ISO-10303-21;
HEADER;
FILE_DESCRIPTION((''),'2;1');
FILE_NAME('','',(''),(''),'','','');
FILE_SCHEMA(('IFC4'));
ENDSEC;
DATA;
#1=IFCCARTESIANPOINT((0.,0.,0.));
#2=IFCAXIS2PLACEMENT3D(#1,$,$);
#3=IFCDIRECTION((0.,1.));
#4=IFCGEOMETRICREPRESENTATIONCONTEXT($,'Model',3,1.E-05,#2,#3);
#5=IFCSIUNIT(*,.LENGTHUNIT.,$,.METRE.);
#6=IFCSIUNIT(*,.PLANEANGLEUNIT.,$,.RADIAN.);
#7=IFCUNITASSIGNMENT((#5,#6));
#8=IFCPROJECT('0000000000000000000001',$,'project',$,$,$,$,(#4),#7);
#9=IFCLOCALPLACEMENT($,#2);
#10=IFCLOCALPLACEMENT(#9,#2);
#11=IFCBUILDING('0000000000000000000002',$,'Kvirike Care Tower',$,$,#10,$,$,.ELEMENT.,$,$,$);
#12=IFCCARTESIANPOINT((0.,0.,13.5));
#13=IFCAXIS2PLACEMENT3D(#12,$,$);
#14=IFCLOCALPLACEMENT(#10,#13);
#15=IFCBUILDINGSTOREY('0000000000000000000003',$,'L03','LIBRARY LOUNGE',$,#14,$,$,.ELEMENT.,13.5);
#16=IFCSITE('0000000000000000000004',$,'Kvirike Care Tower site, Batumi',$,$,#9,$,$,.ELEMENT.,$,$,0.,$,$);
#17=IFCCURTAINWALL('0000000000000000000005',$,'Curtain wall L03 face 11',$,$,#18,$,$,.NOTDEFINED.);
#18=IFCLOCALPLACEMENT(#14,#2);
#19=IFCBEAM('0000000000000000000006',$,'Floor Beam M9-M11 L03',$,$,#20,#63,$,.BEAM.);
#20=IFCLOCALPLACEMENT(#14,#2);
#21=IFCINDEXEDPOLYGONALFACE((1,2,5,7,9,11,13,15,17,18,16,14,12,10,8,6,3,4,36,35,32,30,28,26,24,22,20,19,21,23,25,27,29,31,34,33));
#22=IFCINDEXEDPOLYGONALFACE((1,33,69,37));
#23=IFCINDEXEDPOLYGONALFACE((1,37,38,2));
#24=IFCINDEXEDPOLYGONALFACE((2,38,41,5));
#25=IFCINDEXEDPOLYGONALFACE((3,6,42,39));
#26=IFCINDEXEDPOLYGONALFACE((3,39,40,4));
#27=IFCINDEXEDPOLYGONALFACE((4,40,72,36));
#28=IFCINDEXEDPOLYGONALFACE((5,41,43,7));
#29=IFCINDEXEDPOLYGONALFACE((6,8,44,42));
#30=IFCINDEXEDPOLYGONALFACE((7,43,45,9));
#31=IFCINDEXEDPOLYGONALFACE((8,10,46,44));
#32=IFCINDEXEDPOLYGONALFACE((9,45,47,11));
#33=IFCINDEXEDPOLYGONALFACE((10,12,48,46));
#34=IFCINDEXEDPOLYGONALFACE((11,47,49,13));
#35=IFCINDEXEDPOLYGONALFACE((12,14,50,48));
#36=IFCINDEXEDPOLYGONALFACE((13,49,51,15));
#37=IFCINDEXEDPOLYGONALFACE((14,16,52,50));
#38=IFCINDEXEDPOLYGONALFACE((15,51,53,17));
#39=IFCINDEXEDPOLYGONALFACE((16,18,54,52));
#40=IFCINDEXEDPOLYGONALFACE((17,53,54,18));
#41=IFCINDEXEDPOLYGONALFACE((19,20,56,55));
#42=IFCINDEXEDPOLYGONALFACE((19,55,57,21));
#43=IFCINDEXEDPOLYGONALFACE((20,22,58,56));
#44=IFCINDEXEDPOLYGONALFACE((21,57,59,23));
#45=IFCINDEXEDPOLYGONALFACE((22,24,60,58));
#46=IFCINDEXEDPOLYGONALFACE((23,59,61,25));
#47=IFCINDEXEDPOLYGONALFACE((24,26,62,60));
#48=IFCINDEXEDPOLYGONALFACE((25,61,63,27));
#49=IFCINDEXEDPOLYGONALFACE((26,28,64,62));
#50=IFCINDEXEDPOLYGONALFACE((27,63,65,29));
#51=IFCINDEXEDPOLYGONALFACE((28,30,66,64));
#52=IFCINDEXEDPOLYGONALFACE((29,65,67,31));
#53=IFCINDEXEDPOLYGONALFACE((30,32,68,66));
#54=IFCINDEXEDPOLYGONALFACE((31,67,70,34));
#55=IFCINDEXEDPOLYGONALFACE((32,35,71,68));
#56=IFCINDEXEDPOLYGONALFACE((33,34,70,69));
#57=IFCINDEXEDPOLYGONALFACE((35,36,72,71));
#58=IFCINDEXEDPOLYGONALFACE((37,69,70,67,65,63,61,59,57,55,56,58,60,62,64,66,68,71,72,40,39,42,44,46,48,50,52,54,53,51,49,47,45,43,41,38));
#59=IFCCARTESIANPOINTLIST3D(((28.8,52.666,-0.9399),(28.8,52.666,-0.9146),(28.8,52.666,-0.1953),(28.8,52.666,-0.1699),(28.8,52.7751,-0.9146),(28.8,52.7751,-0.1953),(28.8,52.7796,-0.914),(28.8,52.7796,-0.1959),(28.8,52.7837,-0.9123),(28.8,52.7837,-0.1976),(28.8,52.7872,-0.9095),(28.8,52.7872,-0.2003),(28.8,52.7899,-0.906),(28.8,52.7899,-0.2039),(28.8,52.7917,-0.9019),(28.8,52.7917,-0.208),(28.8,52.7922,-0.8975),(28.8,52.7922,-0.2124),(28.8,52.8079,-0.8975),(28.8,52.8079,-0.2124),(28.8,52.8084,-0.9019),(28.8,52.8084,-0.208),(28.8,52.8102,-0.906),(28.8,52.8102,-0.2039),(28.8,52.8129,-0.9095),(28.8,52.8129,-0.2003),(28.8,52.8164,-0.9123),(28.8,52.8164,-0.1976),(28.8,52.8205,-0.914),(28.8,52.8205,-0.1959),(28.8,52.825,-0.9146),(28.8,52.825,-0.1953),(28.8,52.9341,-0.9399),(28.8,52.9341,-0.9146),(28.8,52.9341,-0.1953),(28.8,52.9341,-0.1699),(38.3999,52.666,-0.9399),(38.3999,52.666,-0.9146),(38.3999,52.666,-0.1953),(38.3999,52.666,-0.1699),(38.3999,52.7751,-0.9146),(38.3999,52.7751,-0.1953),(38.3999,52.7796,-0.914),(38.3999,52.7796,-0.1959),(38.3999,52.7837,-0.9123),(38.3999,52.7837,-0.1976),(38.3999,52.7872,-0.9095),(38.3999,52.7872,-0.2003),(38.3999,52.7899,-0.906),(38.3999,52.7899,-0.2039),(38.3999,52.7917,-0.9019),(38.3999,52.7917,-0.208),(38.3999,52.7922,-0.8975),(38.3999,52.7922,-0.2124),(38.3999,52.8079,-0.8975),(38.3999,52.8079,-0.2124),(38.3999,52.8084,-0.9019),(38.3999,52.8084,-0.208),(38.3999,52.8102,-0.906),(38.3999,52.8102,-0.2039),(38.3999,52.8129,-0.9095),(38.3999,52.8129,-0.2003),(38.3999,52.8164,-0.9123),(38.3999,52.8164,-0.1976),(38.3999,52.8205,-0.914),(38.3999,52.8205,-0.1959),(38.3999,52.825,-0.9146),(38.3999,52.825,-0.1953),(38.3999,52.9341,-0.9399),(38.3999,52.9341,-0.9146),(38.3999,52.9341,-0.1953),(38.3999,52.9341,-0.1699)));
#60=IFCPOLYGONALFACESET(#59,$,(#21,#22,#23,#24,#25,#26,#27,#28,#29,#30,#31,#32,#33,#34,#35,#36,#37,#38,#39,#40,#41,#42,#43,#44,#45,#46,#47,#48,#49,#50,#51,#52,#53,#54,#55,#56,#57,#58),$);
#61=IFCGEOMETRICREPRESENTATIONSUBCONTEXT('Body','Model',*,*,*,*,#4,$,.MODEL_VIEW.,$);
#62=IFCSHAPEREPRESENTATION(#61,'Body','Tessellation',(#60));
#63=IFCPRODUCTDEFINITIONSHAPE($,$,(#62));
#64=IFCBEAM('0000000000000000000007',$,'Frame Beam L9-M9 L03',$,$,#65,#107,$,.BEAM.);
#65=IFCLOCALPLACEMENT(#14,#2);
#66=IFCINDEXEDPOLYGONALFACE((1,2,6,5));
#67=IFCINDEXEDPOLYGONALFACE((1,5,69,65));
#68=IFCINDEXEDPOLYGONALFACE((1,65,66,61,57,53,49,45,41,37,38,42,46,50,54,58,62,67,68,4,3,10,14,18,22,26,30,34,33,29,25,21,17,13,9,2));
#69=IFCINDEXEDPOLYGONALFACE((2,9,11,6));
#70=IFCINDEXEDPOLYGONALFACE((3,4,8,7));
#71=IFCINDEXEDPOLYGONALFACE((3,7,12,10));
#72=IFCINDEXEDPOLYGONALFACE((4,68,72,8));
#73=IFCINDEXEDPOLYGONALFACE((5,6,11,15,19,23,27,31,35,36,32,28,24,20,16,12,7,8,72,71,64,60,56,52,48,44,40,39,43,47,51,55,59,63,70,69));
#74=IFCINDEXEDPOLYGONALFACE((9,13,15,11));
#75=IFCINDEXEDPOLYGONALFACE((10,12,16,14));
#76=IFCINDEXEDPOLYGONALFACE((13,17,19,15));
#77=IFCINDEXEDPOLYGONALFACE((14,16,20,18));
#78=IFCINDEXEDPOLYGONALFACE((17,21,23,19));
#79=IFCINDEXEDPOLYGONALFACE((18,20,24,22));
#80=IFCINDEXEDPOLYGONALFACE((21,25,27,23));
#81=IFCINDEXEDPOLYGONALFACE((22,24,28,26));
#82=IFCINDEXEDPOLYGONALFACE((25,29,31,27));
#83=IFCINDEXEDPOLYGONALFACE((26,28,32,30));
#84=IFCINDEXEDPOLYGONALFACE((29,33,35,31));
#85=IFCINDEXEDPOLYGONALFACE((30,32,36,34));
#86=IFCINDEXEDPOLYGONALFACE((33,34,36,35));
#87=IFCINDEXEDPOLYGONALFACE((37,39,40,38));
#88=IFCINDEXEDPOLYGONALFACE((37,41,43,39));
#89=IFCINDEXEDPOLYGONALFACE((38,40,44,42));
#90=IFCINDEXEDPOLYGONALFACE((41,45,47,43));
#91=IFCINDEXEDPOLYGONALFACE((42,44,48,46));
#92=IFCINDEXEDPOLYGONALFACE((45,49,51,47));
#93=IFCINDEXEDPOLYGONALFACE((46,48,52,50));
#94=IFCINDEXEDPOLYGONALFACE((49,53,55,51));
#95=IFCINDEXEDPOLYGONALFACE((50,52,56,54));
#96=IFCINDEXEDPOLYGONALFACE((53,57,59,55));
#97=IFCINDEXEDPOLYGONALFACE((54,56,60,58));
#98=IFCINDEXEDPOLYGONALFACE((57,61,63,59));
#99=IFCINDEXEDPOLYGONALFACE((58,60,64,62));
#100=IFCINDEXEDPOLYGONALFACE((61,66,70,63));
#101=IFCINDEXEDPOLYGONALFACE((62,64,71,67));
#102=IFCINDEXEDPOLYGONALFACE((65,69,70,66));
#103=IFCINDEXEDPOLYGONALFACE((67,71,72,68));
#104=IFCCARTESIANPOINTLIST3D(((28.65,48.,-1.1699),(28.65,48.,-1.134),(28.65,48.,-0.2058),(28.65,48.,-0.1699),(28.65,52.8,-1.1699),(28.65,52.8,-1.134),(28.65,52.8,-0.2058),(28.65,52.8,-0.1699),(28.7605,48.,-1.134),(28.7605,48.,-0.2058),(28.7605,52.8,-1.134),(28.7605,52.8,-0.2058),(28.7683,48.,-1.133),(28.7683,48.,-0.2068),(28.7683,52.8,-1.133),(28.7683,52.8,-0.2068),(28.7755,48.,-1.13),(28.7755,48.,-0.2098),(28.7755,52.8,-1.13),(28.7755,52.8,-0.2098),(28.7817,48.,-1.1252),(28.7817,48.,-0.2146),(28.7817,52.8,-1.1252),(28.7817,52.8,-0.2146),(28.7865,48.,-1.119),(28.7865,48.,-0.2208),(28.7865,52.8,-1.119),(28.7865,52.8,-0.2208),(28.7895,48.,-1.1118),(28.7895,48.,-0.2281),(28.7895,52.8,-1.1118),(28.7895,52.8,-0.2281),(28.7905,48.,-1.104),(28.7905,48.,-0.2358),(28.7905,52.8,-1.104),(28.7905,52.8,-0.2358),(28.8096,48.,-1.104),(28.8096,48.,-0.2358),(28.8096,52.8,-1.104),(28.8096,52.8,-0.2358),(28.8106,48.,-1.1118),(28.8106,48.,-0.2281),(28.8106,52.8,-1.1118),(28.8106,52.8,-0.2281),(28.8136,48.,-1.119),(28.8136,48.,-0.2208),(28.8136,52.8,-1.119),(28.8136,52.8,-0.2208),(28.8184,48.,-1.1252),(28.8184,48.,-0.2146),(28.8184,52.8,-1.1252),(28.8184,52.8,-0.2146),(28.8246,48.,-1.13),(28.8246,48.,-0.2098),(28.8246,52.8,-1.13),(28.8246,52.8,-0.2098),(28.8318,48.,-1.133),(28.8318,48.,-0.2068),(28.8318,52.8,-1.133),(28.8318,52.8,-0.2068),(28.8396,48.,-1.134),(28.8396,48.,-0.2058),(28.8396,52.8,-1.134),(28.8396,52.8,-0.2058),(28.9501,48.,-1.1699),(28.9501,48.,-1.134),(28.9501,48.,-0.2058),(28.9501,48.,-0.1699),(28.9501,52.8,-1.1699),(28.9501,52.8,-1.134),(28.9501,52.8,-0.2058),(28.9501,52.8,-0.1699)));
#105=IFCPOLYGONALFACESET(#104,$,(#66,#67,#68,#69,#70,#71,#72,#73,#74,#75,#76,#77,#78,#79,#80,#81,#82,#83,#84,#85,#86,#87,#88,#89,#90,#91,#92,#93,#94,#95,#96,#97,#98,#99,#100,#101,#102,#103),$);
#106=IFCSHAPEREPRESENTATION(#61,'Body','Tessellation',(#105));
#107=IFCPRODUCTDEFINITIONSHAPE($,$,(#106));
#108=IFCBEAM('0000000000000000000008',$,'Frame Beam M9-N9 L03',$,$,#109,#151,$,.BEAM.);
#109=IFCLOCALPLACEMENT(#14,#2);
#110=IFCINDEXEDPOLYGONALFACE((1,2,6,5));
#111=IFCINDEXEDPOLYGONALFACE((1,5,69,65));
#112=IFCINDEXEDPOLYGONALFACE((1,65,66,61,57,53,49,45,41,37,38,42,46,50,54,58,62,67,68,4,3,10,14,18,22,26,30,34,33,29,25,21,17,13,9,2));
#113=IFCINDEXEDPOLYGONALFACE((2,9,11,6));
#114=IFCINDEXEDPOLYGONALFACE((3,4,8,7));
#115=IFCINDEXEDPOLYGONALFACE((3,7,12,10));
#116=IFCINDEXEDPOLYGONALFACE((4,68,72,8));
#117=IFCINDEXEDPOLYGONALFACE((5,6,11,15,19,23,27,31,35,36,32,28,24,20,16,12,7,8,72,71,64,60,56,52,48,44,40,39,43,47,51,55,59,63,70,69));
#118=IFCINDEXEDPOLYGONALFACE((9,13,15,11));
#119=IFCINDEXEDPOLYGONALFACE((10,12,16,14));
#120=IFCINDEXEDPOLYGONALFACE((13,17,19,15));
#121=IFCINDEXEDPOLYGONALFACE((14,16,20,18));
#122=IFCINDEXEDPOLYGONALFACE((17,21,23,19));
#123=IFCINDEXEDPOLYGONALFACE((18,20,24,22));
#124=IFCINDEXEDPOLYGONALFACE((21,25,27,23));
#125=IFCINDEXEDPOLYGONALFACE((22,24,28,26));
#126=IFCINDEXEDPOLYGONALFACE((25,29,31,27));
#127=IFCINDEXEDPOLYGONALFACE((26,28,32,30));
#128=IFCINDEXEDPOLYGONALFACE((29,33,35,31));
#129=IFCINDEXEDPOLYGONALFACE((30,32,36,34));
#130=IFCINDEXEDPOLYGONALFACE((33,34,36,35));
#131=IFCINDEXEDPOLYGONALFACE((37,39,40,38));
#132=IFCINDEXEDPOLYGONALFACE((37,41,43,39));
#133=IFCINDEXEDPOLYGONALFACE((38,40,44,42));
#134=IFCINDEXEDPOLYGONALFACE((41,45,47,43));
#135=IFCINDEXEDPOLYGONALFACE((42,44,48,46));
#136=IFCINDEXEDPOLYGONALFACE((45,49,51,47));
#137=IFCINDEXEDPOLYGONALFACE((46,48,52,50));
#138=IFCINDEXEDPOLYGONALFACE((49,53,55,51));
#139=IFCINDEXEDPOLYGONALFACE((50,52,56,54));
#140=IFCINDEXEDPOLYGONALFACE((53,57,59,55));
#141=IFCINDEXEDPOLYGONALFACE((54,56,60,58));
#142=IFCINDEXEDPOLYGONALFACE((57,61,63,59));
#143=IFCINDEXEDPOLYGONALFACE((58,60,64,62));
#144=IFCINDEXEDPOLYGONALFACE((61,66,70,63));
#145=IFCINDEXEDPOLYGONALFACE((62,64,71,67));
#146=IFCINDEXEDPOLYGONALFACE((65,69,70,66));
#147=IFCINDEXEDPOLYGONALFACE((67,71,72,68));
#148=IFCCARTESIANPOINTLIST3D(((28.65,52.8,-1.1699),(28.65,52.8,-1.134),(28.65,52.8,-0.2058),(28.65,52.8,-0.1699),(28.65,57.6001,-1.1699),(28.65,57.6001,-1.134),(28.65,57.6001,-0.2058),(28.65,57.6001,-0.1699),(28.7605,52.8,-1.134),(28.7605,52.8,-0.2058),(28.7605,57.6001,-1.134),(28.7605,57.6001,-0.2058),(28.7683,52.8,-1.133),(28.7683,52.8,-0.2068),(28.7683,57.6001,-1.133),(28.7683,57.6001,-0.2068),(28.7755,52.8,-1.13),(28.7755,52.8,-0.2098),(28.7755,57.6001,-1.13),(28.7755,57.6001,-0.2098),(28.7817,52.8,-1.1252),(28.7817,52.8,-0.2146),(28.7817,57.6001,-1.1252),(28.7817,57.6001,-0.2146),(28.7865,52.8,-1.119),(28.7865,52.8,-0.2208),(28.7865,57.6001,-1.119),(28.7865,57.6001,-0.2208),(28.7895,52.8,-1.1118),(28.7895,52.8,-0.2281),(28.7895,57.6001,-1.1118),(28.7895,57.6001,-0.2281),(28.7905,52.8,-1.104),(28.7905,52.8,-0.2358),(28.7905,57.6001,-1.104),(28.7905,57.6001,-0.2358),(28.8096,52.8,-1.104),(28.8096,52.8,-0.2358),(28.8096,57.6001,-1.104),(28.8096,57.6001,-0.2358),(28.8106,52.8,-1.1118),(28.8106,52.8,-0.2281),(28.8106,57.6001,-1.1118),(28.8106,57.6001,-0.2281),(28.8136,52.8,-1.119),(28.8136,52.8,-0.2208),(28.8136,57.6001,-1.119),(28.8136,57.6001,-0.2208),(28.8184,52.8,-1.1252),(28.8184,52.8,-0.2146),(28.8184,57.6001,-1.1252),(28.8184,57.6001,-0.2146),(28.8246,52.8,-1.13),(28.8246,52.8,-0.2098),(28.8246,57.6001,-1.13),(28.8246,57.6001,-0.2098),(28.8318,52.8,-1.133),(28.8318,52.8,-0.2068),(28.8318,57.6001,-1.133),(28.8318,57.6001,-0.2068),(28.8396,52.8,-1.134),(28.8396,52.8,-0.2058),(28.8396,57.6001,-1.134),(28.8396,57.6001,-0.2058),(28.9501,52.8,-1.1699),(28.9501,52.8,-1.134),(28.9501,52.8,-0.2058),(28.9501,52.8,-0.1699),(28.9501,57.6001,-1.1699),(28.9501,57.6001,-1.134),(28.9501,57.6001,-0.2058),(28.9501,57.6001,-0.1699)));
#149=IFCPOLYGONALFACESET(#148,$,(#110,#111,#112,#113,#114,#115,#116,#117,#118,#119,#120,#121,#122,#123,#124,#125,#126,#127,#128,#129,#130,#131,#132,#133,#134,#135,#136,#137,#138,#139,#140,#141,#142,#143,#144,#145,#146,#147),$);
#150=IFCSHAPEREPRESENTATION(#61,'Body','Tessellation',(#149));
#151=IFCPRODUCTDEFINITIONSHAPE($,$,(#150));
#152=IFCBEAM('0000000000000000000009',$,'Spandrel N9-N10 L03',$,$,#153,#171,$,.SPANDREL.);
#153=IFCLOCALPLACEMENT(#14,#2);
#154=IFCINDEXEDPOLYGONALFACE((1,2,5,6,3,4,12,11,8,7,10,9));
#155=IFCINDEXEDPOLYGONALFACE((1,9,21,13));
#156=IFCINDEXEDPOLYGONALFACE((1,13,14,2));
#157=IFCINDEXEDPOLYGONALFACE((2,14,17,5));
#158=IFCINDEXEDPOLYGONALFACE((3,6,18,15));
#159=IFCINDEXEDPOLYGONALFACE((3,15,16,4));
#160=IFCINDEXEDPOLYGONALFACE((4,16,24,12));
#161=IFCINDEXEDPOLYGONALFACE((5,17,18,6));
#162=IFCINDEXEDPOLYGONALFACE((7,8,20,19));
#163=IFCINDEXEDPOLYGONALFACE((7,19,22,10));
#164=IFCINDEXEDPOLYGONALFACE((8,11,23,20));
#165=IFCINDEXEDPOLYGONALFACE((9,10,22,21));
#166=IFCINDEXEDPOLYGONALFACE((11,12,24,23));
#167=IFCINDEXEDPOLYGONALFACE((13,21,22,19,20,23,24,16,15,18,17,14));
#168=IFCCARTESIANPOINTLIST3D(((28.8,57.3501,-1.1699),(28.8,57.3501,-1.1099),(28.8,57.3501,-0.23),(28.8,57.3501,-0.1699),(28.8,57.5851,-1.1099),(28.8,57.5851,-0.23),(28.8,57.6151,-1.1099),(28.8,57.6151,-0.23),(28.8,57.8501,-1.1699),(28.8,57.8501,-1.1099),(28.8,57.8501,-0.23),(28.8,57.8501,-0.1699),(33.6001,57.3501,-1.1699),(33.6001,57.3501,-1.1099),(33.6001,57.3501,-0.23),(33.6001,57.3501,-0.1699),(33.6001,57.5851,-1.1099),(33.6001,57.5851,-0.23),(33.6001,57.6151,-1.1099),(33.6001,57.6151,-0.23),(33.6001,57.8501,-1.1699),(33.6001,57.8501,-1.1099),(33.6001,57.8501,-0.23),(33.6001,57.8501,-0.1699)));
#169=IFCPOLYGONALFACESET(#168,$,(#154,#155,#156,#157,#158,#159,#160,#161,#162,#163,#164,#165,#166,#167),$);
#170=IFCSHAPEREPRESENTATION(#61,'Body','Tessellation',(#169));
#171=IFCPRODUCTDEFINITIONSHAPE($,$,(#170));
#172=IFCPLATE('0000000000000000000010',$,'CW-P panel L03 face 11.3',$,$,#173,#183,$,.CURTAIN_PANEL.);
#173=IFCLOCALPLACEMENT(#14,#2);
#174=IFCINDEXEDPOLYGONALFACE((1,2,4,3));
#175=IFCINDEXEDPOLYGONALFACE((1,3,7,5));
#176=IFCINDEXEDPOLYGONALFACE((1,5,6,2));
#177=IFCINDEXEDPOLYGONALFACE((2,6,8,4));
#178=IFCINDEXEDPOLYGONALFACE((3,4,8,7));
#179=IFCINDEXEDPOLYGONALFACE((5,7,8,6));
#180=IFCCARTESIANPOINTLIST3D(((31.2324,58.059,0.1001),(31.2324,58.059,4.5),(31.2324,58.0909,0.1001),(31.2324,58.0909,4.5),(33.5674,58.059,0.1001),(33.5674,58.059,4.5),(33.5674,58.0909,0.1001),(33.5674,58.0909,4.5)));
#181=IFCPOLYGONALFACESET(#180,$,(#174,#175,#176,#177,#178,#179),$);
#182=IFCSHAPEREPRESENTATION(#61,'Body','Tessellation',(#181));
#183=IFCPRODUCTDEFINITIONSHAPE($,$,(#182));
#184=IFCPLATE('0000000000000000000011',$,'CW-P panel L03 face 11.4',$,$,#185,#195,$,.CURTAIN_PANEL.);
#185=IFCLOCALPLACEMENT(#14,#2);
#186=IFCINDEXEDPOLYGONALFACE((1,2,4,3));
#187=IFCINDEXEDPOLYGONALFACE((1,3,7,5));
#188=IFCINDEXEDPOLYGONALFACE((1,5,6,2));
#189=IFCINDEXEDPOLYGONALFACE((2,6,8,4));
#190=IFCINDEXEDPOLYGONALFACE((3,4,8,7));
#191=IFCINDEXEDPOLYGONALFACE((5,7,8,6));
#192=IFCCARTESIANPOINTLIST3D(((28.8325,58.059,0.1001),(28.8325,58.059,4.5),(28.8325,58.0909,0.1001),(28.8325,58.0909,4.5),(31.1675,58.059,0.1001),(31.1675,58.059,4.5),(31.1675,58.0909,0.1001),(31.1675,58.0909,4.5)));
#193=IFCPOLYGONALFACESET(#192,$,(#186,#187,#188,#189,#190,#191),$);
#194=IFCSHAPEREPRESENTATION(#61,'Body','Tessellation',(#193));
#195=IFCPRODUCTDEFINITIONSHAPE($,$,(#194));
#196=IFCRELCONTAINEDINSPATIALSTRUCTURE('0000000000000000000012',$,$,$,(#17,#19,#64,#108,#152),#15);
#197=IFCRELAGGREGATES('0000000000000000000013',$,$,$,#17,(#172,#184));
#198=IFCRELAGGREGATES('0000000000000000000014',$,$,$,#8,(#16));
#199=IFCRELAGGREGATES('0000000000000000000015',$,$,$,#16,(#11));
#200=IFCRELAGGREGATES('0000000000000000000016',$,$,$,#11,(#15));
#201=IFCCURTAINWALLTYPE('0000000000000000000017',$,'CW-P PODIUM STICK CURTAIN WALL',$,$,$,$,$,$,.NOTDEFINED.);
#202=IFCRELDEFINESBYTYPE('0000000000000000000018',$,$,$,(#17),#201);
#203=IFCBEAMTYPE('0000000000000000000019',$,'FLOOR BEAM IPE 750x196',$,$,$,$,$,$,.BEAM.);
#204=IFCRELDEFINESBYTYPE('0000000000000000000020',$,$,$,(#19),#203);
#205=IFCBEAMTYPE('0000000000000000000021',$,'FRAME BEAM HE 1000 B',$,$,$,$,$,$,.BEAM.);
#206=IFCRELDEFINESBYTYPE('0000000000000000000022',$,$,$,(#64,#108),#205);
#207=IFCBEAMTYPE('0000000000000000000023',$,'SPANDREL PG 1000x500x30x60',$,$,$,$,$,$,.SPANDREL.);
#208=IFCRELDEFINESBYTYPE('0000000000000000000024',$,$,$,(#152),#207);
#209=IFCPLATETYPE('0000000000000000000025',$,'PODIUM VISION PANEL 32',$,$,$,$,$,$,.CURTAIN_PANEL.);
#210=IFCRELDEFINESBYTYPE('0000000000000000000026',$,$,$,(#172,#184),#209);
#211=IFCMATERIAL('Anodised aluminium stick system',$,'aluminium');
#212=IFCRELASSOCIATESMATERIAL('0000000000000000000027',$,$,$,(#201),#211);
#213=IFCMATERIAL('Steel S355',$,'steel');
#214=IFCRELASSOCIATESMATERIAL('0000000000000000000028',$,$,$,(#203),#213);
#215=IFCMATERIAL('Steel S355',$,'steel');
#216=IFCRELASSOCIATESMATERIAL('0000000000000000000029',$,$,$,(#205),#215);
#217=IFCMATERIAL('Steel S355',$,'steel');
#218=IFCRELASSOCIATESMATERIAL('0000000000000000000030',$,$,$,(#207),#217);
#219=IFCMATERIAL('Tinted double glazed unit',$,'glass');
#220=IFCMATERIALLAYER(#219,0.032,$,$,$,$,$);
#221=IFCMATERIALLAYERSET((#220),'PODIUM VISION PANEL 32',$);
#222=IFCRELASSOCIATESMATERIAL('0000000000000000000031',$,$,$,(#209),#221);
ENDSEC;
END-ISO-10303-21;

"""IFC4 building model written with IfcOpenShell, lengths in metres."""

from ifc_helpers import new_model, si_unit, direction, frame, origin, origin_2d, place, context, subcontext, project, spatial, rectangle, i_section, extrude, material, layer, layer_set, material_profile, profile_set, type_object, element, aggregate, save


model = new_model("IFC4")

# Units and contexts
model_context = context("Model", 3, precision=1e-05, world=origin(), true_north=direction((0.0, 1.0)))
body_context = subcontext(model_context, "Body", "Model", "MODEL_VIEW")
ifc_project = project(units=[si_unit("LENGTHUNIT", "METRE"), si_unit("PLANEANGLEUNIT", "RADIAN")], contexts=[model_context])

# Site, building, storey
site_placement = place(None, origin())
site = spatial("IfcSite", under=ifc_project, at=site_placement, Name="Kvirike Care Tower site, Batumi", CompositionType="ELEMENT", RefElevation=0.0)
building_placement = place(site_placement, origin())
building = spatial("IfcBuilding", under=site, at=building_placement, Name="Kvirike Care Tower", CompositionType="ELEMENT")
storey_placement = place(building_placement, frame((0.0, 0.0, 13.5)))
storey = spatial("IfcBuildingStorey", under=building, at=storey_placement, Name="L03", Description="LIBRARY LOUNGE", CompositionType="ELEMENT", Elevation=13.5)

# Curtain wall
ifc_material_1 = material(Name="Anodised aluminium stick system", Category="aluminium")
curtain_wall_type = type_object("IfcCurtainWallType", Name="CW-P PODIUM STICK CURTAIN WALL", PredefinedType="NOTDEFINED", material=ifc_material_1)
curtain_wall_placement = place(storey_placement, origin())
curtain_wall = element("IfcCurtainWall", 1, at=curtain_wall_placement, inside=storey, type_object=curtain_wall_type, Name="Curtain wall L03 face 11", PredefinedType="NOTDEFINED")

# Beams
ifc_material_2 = material(Name="Steel S355", Category="steel")
ifc_material_profile_1 = material_profile(ifc_material_2, i_section(OverallWidth=0.2681, OverallDepth=0.77, WebThickness=0.0156, FlangeThickness=0.0254, FilletRadius=0.0171, at=origin_2d()), Name="IPE 750x196")
ifc_profile_set_1 = profile_set([ifc_material_profile_1], Name="Steel S355")
beam_type_1 = type_object("IfcBeamType", Name="FLOOR BEAM IPE 750x196", PredefinedType="BEAM", material=ifc_profile_set_1)
beam_1_placement = place(storey_placement, frame((28.8, 52.8, -0.5549), z_axis=(1.0, 0.0, 0.0), x_axis=(0.0, 1.0, 0.0)))
element("IfcBeam", 2, at=beam_1_placement, inside=storey, type_object=beam_type_1, Name="Floor Beam M9-M11 L03", PredefinedType="BEAM", context=body_context, shape_type="SweptSolid", body=[
    extrude(i_section(OverallWidth=0.2681, OverallDepth=0.77, WebThickness=0.0156, FlangeThickness=0.0254, FilletRadius=0.0171, at=origin_2d()), origin(), (0.0, 0.0, 1.0), 9.5999),
])
ifc_material_3 = material(Name="Steel S355", Category="steel")
ifc_material_profile_2 = material_profile(ifc_material_3, i_section(OverallWidth=0.3, OverallDepth=1.0, WebThickness=0.019, FlangeThickness=0.0359, FilletRadius=0.03, at=origin_2d()), Name="HE 1000 B")
ifc_profile_set_2 = profile_set([ifc_material_profile_2], Name="Steel S355")
beam_type_2 = type_object("IfcBeamType", Name="FRAME BEAM HE 1000 B", PredefinedType="BEAM", material=ifc_profile_set_2)
for number, where, z_axis, x_axis, name in (
    (3, (28.8, 48.0, -0.6699), (0.0, 1.0, 0.0), (-1.0, 0.0, 0.0), "Frame Beam L9-M9 L03"),
    (4, (28.8, 52.8, -0.6699), (0.0, 1.0, 0.0), (-1.0, 0.0, 0.0), "Frame Beam M9-N9 L03"),
):
    element("IfcBeam", number, at=place(storey_placement, frame(where, z_axis=z_axis, x_axis=x_axis)), inside=storey, type_object=beam_type_2, Name=name, PredefinedType="BEAM", context=body_context, shape_type="SweptSolid", body=[
        extrude(i_section(OverallWidth=0.3, OverallDepth=1.0, WebThickness=0.019, FlangeThickness=0.0359, FilletRadius=0.03, at=origin_2d()), origin(), (0.0, 0.0, 1.0), 4.8),
    ])
ifc_material_4 = material(Name="Steel S355", Category="steel")
ifc_material_profile_3 = material_profile(ifc_material_4, i_section(OverallWidth=0.5, OverallDepth=1.0, WebThickness=0.03, FlangeThickness=0.0601, at=origin_2d()), Name="PG 1000x500x30x60")
ifc_profile_set_3 = profile_set([ifc_material_profile_3], Name="Steel S355")
beam_type_3 = type_object("IfcBeamType", Name="SPANDREL PG 1000x500x30x60", PredefinedType="SPANDREL", material=ifc_profile_set_3)
beam_2_placement = place(storey_placement, frame((28.8, 57.6001, -0.6699), z_axis=(1.0, 0.0, 0.0), x_axis=(0.0, 1.0, 0.0)))
element("IfcBeam", 5, at=beam_2_placement, inside=storey, type_object=beam_type_3, Name="Spandrel N9-N10 L03", PredefinedType="SPANDREL", context=body_context, shape_type="SweptSolid", body=[
    extrude(i_section(OverallWidth=0.5, OverallDepth=1.0, WebThickness=0.03, FlangeThickness=0.0601, at=origin_2d()), origin(), (0.0, 0.0, 1.0), 4.8),
])

# Plates
ifc_material_5 = material(Name="Tinted double glazed unit", Category="glass")
ifc_layer_1 = layer(ifc_material_5, 0.032)
ifc_layer_set_1 = layer_set([ifc_layer_1], Name="PODIUM VISION PANEL 32")
plate_type = type_object("IfcPlateType", Name="PODIUM VISION PANEL 32", PredefinedType="CURTAIN_PANEL", material=ifc_layer_set_1)
plate_1_placement = place(storey_placement, frame((32.3999, 58.075, 0.1001), z_axis=(0.0, 0.0, 1.0), x_axis=(-1.0, 0.0, 0.0)))
plate_1 = element("IfcPlate", 6, at=plate_1_placement, type_object=plate_type, Name="CW-P panel L03 face 11.3", PredefinedType="CURTAIN_PANEL", context=body_context, shape_type="SweptSolid", body=[
    extrude(rectangle(XDim=2.335, YDim=0.032, at=origin_2d()), origin(), (0.0, 0.0, 1.0), 4.3999),
])
plate_2_placement = place(storey_placement, frame((30.0, 58.075, 0.1001), z_axis=(0.0, 0.0, 1.0), x_axis=(-1.0, 0.0, 0.0)))
plate_2 = element("IfcPlate", 7, at=plate_2_placement, type_object=plate_type, Name="CW-P panel L03 face 11.4", PredefinedType="CURTAIN_PANEL", context=body_context, shape_type="SweptSolid", body=[
    extrude(rectangle(XDim=2.335, YDim=0.032, at=origin_2d()), origin(), (0.0, 0.0, 1.0), 4.3999),
])
aggregate(curtain_wall, [plate_1, plate_2])

save(model, "model.ifc")
